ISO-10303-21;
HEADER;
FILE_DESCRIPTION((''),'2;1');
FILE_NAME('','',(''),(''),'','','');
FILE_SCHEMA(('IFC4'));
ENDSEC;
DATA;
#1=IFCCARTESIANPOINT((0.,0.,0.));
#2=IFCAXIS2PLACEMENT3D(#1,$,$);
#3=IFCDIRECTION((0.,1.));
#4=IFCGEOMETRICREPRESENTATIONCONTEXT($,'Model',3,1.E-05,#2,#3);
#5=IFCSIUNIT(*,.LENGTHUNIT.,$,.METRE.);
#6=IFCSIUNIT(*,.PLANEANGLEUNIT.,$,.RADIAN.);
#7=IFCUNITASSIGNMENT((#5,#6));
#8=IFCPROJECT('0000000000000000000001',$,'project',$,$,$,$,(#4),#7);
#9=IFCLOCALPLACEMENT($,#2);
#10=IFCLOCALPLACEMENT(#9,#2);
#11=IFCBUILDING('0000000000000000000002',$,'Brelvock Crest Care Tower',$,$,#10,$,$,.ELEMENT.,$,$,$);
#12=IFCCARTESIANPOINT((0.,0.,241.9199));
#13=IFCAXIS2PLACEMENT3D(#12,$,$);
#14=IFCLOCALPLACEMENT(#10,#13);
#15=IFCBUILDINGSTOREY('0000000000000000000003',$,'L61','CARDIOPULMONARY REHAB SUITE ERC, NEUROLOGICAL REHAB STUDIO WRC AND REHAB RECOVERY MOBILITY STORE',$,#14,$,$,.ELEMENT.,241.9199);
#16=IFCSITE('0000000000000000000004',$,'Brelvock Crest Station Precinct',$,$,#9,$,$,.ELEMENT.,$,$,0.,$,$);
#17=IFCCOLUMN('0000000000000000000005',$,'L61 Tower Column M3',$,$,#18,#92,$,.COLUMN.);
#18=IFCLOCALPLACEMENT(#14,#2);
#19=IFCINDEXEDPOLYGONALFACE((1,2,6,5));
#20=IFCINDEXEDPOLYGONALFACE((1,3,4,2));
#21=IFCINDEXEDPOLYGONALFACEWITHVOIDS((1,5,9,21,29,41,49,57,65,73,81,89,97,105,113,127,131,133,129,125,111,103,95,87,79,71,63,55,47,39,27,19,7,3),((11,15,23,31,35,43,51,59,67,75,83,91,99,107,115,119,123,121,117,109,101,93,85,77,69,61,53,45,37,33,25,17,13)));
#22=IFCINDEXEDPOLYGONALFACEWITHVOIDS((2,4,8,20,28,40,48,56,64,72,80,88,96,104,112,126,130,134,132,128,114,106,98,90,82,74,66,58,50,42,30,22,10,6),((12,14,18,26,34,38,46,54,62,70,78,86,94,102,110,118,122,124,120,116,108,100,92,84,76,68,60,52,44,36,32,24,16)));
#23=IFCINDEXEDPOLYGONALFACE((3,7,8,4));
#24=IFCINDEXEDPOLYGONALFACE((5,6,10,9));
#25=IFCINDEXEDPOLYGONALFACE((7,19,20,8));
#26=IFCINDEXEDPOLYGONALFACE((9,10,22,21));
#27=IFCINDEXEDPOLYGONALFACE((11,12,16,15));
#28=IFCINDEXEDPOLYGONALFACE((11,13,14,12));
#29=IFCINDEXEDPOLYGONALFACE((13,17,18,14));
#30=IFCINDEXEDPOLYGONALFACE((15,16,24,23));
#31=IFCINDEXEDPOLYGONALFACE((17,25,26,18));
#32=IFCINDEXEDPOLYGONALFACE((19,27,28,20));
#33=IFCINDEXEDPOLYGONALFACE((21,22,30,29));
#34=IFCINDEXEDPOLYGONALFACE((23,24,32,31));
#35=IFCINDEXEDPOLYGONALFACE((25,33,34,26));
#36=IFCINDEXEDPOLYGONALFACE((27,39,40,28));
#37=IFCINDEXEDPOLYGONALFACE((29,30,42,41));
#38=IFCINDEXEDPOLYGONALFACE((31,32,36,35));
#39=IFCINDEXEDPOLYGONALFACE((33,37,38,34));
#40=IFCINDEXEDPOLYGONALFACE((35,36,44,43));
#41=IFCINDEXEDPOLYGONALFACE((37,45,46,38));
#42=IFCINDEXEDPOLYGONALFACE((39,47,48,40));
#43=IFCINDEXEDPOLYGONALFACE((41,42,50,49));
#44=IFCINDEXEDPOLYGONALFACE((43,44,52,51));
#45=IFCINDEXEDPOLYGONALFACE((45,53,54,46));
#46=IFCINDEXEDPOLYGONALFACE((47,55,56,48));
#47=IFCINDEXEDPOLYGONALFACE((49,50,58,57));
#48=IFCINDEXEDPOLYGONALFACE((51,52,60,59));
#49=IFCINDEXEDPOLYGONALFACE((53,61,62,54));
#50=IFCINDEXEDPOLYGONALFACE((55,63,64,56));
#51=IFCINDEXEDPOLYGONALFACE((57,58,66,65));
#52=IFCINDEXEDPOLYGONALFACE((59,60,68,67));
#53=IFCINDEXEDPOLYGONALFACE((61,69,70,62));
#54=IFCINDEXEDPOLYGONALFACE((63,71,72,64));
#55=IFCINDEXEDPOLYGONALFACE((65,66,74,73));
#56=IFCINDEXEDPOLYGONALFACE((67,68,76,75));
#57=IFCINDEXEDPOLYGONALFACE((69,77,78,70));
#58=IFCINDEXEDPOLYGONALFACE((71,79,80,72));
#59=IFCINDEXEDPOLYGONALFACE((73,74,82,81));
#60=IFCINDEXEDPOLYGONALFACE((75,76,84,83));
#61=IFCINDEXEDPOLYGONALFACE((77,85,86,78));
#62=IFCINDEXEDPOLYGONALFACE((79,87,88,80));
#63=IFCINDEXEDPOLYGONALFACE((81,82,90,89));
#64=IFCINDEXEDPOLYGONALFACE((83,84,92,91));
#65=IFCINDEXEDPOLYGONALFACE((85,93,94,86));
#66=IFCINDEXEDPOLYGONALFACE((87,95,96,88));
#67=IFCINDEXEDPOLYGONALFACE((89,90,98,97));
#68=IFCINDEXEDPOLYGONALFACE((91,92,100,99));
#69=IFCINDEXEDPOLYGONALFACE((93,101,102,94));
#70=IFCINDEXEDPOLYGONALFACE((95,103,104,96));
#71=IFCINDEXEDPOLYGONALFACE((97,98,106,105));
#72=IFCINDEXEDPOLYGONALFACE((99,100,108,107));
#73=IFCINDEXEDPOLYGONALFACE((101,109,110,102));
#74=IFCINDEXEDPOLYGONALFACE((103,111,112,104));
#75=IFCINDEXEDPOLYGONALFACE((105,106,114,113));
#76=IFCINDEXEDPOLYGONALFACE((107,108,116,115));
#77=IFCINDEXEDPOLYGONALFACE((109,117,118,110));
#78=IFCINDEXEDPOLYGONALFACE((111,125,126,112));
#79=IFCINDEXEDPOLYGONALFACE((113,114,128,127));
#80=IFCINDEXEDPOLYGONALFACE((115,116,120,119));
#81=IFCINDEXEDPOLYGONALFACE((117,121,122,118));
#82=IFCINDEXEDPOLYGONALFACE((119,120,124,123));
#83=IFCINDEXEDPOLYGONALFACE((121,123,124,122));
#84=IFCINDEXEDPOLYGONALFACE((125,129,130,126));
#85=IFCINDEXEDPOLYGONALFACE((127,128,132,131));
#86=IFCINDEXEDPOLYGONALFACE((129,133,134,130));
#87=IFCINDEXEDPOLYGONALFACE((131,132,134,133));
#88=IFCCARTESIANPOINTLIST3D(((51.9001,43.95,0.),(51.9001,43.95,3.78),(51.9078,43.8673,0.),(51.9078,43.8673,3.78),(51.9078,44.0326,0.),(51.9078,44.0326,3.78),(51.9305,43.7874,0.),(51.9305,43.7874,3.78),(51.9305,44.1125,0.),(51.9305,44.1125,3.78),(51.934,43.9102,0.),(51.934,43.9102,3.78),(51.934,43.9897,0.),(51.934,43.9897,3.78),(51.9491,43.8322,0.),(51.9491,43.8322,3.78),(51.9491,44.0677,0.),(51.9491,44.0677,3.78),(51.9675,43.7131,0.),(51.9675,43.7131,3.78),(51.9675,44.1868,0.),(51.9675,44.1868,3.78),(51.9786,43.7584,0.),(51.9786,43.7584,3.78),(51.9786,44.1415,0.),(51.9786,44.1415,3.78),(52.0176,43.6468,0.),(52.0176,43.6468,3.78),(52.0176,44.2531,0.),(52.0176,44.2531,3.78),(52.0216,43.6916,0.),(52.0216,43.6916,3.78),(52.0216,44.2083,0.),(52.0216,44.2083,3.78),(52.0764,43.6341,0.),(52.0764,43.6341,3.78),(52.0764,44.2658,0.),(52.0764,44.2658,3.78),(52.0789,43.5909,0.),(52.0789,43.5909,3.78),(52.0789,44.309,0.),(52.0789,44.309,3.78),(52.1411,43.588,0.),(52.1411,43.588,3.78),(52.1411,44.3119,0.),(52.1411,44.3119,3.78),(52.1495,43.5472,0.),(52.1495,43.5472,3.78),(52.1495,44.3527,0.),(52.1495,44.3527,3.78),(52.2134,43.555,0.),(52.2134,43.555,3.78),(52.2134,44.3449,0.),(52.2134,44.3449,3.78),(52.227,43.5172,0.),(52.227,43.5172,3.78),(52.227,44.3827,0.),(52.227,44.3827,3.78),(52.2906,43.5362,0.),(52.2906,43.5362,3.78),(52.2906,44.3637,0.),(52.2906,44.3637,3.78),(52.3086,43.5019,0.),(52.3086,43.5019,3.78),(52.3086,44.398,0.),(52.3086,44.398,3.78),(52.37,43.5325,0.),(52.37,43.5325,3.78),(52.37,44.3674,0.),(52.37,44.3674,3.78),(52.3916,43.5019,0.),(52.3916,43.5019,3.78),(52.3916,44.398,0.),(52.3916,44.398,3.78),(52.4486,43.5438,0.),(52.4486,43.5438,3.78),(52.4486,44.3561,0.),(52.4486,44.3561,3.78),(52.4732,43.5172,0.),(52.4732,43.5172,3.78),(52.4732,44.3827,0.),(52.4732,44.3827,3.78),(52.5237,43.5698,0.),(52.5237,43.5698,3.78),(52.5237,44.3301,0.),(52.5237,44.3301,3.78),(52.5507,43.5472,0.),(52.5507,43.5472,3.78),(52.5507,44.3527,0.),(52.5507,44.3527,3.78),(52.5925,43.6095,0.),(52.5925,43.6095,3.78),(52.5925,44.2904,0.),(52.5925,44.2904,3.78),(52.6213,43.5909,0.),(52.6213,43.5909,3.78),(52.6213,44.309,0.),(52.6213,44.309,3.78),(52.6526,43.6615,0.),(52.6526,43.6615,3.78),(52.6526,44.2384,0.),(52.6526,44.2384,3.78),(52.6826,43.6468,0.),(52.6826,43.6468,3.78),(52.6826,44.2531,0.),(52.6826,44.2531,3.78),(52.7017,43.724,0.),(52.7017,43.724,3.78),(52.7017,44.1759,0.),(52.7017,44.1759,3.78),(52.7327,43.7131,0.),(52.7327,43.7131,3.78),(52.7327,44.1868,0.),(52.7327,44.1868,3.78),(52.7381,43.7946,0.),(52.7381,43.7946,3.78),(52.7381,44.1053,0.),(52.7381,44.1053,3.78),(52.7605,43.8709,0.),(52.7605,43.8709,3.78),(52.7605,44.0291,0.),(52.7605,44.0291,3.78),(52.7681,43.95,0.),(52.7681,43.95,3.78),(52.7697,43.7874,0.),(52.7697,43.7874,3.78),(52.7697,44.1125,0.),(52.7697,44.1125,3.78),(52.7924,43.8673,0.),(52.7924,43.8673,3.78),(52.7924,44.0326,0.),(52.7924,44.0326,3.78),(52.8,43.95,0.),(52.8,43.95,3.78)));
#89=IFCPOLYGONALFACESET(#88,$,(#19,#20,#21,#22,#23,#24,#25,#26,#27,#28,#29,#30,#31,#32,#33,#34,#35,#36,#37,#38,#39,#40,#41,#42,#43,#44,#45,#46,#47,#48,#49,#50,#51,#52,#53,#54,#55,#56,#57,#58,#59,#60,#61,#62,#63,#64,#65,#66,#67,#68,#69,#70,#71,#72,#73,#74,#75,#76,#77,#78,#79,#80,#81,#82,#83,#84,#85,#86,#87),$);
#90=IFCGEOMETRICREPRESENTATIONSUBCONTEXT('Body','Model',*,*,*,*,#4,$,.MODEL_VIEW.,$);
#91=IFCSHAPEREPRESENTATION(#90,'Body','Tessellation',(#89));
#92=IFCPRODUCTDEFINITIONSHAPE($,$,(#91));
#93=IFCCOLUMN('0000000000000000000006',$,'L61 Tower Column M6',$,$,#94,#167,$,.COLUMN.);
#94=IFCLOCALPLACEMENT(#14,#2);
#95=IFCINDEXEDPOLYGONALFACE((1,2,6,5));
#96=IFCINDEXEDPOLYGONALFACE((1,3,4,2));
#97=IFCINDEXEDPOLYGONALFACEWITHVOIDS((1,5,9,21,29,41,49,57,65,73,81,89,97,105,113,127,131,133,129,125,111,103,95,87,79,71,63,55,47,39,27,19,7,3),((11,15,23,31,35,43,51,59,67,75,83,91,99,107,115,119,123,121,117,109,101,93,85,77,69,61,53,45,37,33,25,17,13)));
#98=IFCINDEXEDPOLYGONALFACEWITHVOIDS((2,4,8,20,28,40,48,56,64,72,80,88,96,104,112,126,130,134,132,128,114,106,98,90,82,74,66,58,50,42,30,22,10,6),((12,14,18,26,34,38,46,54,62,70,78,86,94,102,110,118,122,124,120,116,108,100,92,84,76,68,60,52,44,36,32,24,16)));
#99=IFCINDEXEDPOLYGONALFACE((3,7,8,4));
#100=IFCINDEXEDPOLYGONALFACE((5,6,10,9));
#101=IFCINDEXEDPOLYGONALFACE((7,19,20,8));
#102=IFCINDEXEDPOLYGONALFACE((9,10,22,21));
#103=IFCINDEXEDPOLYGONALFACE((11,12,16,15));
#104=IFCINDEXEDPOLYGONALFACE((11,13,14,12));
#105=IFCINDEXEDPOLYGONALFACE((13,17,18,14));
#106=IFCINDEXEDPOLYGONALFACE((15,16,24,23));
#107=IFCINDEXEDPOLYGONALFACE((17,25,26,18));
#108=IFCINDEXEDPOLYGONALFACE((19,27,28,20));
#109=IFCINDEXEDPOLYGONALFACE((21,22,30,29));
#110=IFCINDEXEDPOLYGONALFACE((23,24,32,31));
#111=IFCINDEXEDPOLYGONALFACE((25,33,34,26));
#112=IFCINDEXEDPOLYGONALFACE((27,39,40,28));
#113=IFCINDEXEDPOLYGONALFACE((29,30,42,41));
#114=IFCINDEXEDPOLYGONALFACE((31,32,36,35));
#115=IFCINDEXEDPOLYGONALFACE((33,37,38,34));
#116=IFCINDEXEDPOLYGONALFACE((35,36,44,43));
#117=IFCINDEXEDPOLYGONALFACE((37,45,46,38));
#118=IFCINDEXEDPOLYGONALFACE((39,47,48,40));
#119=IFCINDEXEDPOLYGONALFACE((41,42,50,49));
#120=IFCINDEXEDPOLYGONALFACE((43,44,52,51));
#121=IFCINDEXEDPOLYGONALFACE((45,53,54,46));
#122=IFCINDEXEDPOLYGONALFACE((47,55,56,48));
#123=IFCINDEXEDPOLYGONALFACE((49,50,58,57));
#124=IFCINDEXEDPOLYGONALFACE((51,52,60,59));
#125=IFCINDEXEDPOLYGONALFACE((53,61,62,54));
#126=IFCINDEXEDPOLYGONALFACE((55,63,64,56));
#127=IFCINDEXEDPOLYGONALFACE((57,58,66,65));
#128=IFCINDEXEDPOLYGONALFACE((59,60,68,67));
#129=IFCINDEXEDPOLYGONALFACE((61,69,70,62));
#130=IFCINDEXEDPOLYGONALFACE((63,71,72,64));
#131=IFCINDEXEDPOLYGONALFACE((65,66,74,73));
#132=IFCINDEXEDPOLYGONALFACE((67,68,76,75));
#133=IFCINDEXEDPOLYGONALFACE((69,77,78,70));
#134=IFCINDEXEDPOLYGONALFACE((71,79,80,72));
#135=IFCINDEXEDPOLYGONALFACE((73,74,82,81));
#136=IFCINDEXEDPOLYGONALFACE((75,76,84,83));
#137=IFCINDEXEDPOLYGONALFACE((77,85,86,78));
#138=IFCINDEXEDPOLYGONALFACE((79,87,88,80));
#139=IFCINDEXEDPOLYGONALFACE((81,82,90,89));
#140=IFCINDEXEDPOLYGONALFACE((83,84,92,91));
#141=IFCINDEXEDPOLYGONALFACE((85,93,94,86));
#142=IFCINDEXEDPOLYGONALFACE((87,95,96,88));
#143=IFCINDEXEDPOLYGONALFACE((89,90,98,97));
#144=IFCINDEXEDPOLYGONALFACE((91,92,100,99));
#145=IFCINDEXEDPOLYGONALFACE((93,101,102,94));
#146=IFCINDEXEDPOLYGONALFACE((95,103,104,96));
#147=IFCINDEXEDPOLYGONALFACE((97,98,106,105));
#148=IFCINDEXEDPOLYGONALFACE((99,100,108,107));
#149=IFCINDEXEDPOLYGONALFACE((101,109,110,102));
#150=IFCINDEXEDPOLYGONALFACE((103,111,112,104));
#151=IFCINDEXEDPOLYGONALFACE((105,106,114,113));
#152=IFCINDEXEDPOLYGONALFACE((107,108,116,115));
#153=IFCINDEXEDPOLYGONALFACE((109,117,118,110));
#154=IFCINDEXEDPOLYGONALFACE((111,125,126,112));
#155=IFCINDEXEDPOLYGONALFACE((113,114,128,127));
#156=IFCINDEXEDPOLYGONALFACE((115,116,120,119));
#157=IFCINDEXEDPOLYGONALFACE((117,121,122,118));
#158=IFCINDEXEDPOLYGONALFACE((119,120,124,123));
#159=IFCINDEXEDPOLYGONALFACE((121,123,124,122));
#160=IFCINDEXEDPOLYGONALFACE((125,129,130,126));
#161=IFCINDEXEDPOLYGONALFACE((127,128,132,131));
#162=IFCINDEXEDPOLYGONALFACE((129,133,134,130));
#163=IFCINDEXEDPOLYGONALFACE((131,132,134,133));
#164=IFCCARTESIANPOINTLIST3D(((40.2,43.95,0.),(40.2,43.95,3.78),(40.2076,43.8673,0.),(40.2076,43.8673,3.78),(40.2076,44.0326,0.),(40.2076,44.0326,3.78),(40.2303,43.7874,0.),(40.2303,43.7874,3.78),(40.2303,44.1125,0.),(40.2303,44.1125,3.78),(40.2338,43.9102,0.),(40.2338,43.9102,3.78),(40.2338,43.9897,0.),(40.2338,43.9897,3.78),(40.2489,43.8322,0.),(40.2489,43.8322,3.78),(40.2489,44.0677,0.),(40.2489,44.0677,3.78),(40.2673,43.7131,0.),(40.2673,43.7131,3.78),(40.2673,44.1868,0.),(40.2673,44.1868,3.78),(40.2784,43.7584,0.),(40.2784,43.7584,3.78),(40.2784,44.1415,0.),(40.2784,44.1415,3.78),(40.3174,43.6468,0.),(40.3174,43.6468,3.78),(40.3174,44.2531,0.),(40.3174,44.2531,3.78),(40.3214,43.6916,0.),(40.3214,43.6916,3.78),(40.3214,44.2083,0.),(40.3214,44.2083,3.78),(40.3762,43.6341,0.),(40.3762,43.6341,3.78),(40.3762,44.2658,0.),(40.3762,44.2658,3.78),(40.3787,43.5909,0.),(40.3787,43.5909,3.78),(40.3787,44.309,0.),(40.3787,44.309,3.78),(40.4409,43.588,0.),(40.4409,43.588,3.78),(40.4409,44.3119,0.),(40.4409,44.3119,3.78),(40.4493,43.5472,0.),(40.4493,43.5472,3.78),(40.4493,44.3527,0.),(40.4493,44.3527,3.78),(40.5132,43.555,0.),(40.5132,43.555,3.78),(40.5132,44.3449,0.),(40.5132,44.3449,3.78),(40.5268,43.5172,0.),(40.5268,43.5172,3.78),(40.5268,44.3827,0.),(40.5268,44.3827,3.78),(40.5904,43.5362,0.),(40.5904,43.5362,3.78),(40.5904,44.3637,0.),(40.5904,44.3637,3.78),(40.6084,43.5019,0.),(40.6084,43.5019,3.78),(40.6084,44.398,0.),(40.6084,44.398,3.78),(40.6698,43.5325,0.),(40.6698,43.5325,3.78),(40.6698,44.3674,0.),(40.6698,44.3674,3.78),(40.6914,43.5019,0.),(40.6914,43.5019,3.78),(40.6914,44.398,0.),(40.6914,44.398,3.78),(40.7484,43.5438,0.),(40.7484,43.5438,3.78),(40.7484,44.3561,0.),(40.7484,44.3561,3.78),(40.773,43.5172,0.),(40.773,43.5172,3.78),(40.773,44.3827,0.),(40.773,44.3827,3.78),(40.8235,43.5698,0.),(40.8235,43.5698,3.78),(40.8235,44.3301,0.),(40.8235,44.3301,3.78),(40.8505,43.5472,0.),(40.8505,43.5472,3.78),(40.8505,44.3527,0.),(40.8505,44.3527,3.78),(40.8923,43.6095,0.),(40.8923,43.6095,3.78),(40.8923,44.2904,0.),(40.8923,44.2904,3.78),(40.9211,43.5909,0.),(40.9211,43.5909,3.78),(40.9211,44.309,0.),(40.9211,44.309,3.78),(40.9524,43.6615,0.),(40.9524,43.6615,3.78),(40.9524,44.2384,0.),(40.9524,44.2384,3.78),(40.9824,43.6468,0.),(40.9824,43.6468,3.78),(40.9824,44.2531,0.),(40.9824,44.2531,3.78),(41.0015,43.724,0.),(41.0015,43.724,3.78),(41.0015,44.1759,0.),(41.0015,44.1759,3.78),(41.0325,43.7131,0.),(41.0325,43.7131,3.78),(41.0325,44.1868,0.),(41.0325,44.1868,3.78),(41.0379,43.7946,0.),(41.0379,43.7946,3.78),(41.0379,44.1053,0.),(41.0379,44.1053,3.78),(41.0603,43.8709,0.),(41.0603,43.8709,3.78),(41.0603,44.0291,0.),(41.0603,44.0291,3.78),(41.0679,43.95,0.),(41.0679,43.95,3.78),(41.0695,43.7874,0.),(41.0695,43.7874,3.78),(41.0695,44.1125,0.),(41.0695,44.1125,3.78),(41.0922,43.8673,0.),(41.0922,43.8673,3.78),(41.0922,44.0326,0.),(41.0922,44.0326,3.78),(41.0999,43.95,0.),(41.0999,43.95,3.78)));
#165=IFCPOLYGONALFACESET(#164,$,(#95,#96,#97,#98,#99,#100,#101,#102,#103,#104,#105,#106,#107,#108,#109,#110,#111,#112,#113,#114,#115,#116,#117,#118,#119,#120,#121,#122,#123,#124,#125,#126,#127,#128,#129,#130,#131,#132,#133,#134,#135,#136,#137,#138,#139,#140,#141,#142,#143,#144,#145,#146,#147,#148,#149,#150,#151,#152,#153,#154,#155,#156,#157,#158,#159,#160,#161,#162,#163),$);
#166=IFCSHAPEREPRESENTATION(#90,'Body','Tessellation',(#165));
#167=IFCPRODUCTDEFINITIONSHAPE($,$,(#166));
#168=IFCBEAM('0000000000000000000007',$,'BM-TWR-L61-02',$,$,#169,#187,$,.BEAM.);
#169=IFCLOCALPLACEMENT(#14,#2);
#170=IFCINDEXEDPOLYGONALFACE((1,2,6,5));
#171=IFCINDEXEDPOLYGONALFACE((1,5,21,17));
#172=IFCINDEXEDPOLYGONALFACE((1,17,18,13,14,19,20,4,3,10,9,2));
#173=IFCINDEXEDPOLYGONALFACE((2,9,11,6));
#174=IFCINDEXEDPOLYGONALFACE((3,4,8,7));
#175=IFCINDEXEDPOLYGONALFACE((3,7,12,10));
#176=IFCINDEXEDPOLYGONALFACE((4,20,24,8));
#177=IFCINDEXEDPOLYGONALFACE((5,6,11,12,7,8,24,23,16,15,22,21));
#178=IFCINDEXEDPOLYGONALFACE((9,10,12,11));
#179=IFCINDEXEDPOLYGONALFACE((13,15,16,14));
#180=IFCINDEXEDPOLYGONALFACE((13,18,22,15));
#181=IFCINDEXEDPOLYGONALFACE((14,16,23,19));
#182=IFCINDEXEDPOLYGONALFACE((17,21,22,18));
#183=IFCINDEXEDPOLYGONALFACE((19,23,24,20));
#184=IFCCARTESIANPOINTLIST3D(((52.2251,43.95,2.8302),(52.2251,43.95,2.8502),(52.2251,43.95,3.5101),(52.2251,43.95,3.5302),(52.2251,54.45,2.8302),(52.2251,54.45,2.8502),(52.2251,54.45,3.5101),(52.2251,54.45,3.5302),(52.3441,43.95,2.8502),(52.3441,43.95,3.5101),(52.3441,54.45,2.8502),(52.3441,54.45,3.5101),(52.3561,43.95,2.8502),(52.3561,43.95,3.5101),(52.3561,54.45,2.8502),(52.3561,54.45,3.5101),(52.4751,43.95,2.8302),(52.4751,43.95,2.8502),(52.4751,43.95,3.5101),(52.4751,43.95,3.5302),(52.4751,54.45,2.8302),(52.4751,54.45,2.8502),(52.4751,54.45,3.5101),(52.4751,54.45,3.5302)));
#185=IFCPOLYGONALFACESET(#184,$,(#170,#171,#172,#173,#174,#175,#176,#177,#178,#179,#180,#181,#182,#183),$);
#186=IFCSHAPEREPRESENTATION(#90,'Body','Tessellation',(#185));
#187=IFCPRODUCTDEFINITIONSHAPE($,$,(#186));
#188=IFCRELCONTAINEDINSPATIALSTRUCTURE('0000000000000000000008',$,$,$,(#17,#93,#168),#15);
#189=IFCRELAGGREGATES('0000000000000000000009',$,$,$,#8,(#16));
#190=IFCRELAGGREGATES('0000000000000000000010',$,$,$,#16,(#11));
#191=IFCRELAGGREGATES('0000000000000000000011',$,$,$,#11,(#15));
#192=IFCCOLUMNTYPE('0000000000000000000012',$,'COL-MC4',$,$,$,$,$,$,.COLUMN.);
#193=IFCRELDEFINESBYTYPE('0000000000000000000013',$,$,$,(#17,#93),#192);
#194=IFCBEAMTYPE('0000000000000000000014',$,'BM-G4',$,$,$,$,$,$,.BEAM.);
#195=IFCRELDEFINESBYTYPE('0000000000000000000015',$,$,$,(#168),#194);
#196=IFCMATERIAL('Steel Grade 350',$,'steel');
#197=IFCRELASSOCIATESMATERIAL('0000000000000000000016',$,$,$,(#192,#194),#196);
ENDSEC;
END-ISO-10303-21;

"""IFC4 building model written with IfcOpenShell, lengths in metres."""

from ifc_helpers import new_model, si_unit, direction, frame, origin, origin_2d, place, context, subcontext, project, spatial, hollow_circle, i_section, extrude, source, transform, mapped, material, material_profile, profile_set, type_object, element, save


model = new_model("IFC4")

# Units and contexts
model_context = context("Model", 3, precision=1e-05, world=origin(), true_north=direction((0.0, 1.0)))
body_context = subcontext(model_context, "Body", "Model", "MODEL_VIEW")
ifc_project = project(units=[si_unit("LENGTHUNIT", "METRE"), si_unit("PLANEANGLEUNIT", "RADIAN")], contexts=[model_context])

# Site, building, storey
site_placement = place(None, origin())
site = spatial("IfcSite", under=ifc_project, at=site_placement, Name="Brelvock Crest Station Precinct", CompositionType="ELEMENT", RefElevation=0.0)
building_placement = place(site_placement, origin())
building = spatial("IfcBuilding", under=site, at=building_placement, Name="Brelvock Crest Care Tower", CompositionType="ELEMENT")
storey_placement = place(building_placement, frame((0.0, 0.0, 241.9199)))
storey = spatial("IfcBuildingStorey", under=building, at=storey_placement, Name="L61", Description="CARDIOPULMONARY REHAB SUITE ERC, NEUROLOGICAL REHAB STUDIO WRC AND REHAB RECOVERY MOBILITY STORE", CompositionType="ELEMENT", Elevation=241.9199)

# Columns
ifc_material_1 = material(Name="Steel Grade 350", Category="steel")
ifc_material_profile_1 = material_profile(ifc_material_1, hollow_circle(Radius=0.45, WallThickness=0.032, at=origin_2d()), Name="CFT900x32")
ifc_profile_set_1 = profile_set([ifc_material_profile_1], Name="Steel Grade 350")
column_type = type_object("IfcColumnType", Name="COL-MC4", PredefinedType="COLUMN", material=ifc_profile_set_1)
shared_shape_1 = source(origin(), body_context, "Body", "SweptSolid", [
    extrude(hollow_circle(Radius=0.45, WallThickness=0.032, at=origin_2d()), origin(), (0.0, 0.0, 1.0), 3.78),
])
for number, where, z_axis, x_axis, name in (
    (1, (52.3501, 43.95, 0.0), (0.0, 0.0, 1.0), (1.0, 0.0, 0.0), "L61 Tower Column M3"),
    (2, (40.6499, 43.95, 0.0), (0.0, 0.0, 1.0), (1.0, 0.0, 0.0), "L61 Tower Column M6"),
):
    element("IfcColumn", number, at=place(storey_placement, frame(where, z_axis=z_axis, x_axis=x_axis)), inside=storey, type_object=column_type, Name=name, PredefinedType="COLUMN", context=body_context, shape_type="MappedRepresentation", body=[
        mapped(shared_shape_1, transform((0.0, 0.0, 0.0), x_axis=(1.0, 0.0, 0.0), y_axis=(0.0, 1.0, 0.0), z_axis=(0.0, 0.0, 1.0), scale=1.0)),
    ])

# Beam
ifc_material_profile_2 = material_profile(ifc_material_1, i_section(OverallWidth=0.25, OverallDepth=0.7, WebThickness=0.012, FlangeThickness=0.02, at=origin_2d()), Name="700WB150")
ifc_profile_set_2 = profile_set([ifc_material_profile_2], Name="Steel Grade 350")
beam_type_1 = type_object("IfcBeamType", Name="BM-G4", PredefinedType="BEAM", material=ifc_profile_set_2)
shared_shape_2 = source(origin(), body_context, "Body", "SweptSolid", [
    extrude(i_section(OverallWidth=0.25, OverallDepth=0.7, WebThickness=0.012, FlangeThickness=0.02, at=origin_2d()), origin(), (0.0, 0.0, 1.0), 10.5),
])
beam_1_placement = place(storey_placement, frame((52.3501, 43.95, 3.1802), z_axis=(0.0, 1.0, 0.0), x_axis=(-1.0, 0.0, 0.0)))
element("IfcBeam", 3, at=beam_1_placement, inside=storey, type_object=beam_type_1, Name="BM-TWR-L61-02", PredefinedType="BEAM", context=body_context, shape_type="MappedRepresentation", body=[
    mapped(shared_shape_2, transform((0.0, 0.0, 0.0), x_axis=(1.0, 0.0, 0.0), y_axis=(0.0, 1.0, 0.0), z_axis=(0.0, 0.0, 1.0), scale=1.0)),
])

save(model, "model.ifc")
